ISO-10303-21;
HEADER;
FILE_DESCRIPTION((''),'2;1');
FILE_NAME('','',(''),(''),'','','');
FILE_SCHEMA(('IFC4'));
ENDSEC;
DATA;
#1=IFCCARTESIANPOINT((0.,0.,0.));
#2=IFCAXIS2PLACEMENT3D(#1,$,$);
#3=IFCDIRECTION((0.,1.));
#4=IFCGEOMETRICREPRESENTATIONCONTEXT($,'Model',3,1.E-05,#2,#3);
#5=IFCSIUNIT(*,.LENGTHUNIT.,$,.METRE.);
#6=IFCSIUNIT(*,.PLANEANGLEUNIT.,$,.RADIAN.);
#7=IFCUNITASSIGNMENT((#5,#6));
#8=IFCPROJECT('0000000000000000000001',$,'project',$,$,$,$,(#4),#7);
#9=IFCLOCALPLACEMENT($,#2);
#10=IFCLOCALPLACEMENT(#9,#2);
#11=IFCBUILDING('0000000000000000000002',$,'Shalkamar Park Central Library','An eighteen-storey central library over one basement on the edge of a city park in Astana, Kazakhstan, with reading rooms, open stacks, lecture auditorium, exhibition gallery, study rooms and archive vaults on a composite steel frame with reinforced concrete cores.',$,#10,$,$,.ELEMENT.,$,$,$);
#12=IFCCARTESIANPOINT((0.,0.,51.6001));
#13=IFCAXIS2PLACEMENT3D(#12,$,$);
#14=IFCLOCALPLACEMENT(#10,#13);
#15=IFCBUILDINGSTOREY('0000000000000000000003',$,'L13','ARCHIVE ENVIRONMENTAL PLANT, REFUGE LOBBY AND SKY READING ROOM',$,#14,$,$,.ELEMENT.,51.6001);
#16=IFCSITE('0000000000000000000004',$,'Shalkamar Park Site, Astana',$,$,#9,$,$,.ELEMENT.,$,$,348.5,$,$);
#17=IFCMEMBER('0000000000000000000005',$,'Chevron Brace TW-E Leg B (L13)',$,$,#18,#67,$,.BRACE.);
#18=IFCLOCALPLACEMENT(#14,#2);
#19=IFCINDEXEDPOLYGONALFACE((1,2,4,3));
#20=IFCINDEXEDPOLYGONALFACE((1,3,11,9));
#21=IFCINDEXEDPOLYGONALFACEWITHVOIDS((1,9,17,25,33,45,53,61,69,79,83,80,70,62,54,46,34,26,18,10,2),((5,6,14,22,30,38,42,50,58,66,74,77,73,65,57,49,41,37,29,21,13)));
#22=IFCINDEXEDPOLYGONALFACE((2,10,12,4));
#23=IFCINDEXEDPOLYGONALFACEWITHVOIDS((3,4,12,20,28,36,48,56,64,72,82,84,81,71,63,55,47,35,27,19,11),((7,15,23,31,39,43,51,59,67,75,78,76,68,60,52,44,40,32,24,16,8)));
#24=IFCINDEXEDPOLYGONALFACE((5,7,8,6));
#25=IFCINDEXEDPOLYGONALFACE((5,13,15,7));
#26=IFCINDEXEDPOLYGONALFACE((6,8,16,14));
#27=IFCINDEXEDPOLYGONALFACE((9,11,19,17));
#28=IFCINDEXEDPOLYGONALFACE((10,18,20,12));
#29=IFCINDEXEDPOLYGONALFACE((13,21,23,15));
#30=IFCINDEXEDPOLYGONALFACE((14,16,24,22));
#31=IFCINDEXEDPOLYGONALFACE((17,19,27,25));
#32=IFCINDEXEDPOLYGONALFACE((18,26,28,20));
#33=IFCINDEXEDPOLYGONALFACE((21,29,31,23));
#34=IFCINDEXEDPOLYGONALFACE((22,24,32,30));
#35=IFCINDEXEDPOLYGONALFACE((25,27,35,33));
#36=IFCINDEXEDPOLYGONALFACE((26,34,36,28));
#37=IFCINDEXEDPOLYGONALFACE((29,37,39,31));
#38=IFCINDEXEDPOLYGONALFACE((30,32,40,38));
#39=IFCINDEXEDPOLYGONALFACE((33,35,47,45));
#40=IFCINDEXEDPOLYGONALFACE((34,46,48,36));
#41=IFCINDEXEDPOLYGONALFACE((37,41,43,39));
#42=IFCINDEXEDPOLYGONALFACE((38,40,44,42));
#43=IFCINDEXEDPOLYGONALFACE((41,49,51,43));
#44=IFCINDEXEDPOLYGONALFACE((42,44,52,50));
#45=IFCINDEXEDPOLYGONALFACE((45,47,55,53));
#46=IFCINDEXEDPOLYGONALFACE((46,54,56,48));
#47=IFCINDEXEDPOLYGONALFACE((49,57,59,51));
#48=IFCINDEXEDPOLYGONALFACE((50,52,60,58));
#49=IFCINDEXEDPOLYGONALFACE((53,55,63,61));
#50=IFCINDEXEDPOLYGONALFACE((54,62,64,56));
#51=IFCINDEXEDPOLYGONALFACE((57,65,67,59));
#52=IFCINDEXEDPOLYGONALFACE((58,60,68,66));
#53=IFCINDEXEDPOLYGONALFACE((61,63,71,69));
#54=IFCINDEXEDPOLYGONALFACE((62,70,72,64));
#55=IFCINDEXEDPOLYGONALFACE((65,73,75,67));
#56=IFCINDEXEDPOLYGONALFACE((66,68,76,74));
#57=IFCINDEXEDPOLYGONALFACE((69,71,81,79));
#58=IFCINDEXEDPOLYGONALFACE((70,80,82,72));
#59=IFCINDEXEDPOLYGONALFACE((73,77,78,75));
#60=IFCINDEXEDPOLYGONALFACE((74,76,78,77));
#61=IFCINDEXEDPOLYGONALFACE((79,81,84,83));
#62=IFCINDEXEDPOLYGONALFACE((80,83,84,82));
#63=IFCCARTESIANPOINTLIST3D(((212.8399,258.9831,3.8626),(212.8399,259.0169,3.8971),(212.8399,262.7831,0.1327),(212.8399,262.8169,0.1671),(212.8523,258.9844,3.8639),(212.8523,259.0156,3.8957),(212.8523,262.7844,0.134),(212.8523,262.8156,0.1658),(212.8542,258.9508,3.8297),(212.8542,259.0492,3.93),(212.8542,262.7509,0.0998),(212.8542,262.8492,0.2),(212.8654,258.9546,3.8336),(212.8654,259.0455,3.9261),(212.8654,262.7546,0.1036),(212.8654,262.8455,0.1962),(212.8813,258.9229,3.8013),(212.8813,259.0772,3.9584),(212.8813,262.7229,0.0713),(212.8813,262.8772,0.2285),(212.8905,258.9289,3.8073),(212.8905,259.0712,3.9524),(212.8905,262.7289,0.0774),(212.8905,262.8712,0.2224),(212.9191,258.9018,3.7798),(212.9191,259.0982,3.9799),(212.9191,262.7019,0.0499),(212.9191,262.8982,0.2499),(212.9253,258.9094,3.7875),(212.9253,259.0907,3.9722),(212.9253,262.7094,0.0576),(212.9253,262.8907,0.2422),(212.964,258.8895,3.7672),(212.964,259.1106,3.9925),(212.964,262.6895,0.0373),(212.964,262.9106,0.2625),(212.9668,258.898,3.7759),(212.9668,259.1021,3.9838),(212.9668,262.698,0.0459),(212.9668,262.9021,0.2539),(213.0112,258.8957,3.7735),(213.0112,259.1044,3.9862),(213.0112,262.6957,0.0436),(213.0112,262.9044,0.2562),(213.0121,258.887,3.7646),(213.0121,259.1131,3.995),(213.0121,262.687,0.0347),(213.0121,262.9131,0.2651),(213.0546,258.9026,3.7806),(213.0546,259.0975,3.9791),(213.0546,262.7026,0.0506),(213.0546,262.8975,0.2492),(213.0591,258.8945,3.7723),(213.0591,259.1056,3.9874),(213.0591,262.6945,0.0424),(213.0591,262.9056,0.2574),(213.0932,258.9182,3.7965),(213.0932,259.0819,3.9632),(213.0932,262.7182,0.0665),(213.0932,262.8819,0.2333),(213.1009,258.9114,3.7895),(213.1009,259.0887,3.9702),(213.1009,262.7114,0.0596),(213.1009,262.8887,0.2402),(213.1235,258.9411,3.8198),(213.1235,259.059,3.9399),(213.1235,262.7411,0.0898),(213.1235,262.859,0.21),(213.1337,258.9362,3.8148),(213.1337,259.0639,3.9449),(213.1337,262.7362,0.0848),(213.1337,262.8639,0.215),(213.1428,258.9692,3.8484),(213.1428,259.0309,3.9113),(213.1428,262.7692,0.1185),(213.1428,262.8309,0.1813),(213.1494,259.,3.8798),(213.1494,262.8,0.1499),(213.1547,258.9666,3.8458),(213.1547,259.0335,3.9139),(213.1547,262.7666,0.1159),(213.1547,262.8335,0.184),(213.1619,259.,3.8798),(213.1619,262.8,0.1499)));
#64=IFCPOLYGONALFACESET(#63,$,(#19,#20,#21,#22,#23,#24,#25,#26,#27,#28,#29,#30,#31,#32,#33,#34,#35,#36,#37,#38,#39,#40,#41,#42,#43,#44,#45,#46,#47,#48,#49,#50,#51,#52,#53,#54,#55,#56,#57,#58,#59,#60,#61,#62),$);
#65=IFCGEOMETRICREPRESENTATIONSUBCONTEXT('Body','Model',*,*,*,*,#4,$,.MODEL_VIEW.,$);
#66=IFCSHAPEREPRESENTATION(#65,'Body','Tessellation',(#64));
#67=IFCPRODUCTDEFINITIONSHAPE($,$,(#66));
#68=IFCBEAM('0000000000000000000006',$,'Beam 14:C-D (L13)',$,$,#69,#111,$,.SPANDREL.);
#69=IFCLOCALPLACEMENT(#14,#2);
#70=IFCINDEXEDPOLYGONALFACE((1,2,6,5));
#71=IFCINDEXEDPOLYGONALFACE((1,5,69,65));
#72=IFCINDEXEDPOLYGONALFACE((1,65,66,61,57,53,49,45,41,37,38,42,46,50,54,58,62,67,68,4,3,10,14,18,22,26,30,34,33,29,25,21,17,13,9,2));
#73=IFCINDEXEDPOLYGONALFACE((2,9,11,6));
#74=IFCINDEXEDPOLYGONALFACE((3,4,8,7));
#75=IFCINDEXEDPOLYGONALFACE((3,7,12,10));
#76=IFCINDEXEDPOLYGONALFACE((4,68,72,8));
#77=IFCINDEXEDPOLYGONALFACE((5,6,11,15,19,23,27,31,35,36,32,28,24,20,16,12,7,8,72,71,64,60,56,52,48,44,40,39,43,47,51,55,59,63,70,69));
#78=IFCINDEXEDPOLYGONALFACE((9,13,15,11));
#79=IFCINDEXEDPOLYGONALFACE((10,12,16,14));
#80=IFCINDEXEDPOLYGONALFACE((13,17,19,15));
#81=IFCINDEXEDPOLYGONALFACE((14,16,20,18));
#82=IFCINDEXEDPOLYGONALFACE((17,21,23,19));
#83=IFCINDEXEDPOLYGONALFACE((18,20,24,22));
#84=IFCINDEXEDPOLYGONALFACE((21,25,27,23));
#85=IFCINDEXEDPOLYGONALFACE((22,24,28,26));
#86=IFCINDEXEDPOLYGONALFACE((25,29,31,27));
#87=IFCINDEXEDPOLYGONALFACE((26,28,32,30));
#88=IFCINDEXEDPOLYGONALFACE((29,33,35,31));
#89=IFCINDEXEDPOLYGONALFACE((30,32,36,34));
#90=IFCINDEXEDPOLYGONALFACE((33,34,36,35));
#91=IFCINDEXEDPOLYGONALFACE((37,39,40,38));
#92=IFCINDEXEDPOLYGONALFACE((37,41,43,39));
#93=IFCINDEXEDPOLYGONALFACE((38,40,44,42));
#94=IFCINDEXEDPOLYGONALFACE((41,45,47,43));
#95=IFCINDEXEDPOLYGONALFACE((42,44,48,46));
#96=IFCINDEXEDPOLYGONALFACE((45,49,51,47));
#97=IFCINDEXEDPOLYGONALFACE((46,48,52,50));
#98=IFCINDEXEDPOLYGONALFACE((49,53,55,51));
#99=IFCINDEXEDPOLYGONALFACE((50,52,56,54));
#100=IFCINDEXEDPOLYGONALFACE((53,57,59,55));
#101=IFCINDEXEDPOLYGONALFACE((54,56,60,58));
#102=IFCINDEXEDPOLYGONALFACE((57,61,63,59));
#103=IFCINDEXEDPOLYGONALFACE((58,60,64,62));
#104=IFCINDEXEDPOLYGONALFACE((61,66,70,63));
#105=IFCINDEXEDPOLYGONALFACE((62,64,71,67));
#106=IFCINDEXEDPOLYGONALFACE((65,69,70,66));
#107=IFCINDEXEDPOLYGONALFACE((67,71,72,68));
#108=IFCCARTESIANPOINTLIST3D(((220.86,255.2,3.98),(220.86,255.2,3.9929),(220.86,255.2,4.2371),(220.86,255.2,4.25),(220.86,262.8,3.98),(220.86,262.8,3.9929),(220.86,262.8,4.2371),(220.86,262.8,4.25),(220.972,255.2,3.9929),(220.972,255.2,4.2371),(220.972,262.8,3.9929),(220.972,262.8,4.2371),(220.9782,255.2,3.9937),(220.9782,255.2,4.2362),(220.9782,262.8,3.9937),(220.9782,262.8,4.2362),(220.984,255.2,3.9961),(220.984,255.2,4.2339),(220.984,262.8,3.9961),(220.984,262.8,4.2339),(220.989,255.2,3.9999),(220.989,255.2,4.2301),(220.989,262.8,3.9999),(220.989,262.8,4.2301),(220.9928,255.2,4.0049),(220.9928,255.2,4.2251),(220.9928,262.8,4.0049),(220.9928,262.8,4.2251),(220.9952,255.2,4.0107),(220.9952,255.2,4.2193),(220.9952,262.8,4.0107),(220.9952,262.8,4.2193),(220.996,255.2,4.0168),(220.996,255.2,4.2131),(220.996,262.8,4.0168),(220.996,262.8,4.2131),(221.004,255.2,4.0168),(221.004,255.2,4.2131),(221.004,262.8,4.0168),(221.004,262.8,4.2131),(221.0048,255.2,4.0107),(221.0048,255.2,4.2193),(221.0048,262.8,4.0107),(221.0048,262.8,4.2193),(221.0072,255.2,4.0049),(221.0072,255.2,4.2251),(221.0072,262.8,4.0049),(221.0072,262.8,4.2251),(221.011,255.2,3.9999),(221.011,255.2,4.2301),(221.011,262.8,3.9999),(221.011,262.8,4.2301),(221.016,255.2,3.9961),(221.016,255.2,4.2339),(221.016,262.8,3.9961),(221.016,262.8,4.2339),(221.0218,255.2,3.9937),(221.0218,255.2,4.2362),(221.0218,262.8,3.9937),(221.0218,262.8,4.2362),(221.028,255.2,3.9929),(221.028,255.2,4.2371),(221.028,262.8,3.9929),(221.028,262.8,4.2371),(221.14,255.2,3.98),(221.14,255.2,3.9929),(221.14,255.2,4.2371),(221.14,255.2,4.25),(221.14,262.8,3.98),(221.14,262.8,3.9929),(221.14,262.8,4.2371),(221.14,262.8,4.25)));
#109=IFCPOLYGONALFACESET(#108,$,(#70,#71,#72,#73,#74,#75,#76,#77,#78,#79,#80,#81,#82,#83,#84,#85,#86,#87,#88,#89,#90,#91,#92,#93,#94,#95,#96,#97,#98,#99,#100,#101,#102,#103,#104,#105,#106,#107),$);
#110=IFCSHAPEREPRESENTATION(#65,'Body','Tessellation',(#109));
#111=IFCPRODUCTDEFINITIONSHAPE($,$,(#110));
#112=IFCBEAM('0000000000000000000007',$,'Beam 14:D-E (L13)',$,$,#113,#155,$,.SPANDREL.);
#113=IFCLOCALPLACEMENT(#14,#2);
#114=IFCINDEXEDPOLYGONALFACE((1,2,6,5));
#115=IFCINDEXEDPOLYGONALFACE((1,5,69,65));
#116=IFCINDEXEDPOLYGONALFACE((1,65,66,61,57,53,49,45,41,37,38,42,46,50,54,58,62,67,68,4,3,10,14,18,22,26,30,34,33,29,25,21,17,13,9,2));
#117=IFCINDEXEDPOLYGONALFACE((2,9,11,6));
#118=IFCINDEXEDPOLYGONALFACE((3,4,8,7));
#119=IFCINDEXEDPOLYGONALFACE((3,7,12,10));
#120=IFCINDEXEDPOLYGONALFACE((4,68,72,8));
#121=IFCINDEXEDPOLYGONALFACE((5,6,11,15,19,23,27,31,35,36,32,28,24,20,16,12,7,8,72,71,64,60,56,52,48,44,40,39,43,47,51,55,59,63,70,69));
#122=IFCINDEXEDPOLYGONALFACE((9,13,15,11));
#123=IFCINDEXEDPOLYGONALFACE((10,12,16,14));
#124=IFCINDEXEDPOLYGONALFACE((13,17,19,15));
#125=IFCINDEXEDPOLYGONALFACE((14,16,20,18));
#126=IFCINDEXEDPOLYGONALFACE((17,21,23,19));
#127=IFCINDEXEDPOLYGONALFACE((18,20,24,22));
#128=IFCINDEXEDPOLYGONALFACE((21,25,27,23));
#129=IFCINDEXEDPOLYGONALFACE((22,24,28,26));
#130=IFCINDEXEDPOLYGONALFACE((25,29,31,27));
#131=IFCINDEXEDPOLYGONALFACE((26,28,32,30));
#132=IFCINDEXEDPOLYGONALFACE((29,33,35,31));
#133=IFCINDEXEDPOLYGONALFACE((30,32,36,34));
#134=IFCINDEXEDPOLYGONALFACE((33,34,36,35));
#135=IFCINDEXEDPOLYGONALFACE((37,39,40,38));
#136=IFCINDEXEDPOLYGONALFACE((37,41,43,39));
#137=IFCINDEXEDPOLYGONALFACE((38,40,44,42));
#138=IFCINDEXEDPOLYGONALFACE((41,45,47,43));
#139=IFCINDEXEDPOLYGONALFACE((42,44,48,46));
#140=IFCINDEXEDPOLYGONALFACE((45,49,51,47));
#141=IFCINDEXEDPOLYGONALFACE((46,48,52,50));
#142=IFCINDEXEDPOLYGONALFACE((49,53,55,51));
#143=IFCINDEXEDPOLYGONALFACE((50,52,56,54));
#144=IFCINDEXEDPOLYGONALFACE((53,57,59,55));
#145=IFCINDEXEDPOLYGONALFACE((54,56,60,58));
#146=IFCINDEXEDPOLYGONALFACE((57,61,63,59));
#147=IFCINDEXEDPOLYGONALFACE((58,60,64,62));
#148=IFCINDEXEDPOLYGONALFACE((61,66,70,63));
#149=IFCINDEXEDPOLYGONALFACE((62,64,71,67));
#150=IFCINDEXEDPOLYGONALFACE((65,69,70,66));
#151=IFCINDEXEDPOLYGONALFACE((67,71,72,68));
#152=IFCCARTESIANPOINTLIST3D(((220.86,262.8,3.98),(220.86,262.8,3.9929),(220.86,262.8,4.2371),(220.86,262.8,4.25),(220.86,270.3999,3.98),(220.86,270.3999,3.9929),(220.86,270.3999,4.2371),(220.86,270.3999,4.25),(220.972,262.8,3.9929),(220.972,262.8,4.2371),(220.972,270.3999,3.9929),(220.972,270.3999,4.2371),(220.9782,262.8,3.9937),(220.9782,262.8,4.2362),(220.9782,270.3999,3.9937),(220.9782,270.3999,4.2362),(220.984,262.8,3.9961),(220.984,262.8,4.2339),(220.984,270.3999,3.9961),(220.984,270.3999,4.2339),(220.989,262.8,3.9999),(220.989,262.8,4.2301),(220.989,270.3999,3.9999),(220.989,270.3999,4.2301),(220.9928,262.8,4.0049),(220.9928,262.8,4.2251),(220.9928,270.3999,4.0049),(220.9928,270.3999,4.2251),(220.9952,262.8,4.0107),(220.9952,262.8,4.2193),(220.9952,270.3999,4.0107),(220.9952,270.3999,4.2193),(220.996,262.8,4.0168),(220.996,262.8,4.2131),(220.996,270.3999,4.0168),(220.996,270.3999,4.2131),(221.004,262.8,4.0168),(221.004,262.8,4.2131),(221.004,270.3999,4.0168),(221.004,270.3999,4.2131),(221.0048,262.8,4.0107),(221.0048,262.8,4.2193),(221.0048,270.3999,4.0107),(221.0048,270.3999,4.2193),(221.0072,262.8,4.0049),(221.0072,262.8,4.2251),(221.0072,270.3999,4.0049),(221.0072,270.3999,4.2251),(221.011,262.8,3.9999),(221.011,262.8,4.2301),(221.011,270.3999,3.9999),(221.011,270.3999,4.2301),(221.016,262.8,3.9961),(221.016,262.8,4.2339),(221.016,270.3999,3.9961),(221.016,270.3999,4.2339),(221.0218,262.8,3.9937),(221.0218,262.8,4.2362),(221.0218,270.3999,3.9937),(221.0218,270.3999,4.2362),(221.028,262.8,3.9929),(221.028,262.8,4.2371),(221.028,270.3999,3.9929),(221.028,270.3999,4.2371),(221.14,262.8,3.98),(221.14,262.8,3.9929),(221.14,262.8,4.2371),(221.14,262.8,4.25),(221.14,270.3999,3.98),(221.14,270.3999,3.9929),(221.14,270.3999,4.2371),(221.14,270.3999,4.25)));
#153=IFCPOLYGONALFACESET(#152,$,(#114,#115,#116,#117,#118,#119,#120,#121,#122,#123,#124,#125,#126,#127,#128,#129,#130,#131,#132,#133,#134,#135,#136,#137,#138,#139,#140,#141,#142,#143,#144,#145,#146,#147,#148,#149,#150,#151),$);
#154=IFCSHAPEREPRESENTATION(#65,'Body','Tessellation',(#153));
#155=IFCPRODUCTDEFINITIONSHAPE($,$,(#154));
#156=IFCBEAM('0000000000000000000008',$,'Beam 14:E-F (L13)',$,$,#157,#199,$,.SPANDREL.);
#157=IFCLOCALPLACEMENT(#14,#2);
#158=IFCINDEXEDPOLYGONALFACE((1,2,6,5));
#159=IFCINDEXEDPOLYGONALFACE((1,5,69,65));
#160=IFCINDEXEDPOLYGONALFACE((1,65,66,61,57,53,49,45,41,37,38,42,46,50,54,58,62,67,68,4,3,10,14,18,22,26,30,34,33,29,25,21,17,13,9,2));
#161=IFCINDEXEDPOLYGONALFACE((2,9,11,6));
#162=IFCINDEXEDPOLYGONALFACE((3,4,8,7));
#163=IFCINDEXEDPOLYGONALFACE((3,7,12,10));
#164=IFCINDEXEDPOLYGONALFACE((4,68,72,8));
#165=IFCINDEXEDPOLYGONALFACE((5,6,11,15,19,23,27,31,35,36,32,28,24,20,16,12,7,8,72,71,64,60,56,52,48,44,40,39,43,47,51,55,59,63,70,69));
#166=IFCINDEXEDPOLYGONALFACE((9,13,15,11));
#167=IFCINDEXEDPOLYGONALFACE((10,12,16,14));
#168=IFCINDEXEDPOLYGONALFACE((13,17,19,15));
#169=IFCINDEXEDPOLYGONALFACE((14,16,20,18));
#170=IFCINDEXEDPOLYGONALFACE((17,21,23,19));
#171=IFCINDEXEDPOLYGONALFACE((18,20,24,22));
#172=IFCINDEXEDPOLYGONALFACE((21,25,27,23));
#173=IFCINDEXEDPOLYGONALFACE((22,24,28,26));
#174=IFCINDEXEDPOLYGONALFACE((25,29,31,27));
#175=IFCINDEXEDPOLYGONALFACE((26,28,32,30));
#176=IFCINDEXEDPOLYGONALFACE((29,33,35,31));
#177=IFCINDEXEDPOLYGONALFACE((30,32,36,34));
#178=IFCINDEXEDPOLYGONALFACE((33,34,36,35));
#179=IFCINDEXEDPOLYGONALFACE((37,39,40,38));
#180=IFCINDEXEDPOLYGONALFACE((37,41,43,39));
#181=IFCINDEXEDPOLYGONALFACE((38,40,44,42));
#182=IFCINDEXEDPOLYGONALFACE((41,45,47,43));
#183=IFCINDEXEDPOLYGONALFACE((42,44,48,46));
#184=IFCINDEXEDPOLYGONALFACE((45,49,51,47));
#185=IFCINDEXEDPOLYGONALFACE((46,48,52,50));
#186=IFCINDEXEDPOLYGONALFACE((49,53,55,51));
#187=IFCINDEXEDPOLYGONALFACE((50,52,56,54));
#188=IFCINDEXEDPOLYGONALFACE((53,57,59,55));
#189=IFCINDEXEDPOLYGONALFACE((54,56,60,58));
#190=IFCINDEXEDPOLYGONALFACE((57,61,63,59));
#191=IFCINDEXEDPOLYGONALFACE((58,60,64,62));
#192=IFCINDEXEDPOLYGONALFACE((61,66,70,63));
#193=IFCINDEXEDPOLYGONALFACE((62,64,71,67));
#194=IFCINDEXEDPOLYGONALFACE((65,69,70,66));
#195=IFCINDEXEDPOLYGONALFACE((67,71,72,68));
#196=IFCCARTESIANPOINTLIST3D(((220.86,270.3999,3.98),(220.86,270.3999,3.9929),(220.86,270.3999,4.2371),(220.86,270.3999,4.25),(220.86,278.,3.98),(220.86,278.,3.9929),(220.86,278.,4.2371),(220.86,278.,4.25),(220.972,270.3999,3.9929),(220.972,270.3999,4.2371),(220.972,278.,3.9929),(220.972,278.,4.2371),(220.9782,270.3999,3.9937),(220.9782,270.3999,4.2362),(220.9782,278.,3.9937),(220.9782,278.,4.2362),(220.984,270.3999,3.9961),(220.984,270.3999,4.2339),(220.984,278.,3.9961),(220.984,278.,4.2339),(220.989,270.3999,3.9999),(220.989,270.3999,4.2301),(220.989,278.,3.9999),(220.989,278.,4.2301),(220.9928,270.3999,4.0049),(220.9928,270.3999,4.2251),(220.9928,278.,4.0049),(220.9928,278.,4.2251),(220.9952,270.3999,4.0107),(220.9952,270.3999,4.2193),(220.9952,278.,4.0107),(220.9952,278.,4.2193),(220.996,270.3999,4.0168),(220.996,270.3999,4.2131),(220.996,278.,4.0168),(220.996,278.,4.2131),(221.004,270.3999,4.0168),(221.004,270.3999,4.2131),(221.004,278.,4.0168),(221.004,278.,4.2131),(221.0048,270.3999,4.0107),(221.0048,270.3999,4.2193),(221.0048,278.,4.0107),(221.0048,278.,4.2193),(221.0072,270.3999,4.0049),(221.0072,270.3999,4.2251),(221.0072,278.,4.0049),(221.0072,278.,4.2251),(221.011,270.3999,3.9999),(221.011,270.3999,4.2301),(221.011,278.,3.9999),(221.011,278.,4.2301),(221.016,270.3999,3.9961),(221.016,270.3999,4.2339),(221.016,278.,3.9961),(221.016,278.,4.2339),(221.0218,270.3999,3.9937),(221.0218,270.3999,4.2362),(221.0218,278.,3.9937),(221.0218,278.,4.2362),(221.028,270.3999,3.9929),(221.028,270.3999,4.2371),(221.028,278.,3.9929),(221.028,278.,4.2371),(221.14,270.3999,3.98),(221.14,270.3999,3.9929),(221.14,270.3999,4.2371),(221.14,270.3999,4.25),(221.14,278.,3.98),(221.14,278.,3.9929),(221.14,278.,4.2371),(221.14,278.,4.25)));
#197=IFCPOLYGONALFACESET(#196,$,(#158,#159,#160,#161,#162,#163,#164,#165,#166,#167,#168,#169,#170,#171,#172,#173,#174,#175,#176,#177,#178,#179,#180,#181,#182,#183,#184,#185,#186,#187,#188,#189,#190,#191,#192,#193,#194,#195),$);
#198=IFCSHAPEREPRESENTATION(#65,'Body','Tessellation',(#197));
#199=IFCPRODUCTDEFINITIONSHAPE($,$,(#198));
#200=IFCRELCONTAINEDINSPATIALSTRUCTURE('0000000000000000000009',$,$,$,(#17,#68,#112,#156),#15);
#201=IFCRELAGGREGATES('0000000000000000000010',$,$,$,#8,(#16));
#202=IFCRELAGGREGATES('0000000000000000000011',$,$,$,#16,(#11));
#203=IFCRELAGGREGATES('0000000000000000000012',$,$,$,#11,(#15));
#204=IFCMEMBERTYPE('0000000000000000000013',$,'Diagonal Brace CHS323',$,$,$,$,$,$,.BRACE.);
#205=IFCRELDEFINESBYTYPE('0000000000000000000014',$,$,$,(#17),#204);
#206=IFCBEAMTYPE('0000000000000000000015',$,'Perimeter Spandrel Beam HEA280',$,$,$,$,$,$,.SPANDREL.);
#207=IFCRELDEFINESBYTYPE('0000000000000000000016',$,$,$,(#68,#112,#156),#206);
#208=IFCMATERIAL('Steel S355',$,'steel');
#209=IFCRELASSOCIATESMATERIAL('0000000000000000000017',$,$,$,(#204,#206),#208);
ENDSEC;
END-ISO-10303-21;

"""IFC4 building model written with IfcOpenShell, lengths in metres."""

from ifc_helpers import new_model, si_unit, direction, frame, origin, origin_2d, place, context, subcontext, project, spatial, hollow_circle, i_section, extrude, material, material_profile, profile_set, type_object, element, save


model = new_model("IFC4")

# Units and contexts
model_context = context("Model", 3, precision=1e-05, world=origin(), true_north=direction((0.0, 1.0)))
body_context = subcontext(model_context, "Body", "Model", "MODEL_VIEW")
ifc_project = project(units=[si_unit("LENGTHUNIT", "METRE"), si_unit("PLANEANGLEUNIT", "RADIAN")], contexts=[model_context])

# Site, building, storey
site_placement = place(None, origin())
site = spatial("IfcSite", under=ifc_project, at=site_placement, Name="Shalkamar Park Site, Astana", CompositionType="ELEMENT", RefElevation=348.5)
building_placement = place(site_placement, origin())
building = spatial("IfcBuilding", under=site, at=building_placement, Name="Shalkamar Park Central Library", Description="An eighteen-storey central library over one basement on the edge of a city park in Astana, Kazakhstan, with reading rooms, open stacks, lecture auditorium, exhibition gallery, study rooms and archive vaults on a composite steel frame with reinforced concrete cores.", CompositionType="ELEMENT")
storey_placement = place(building_placement, frame((0.0, 0.0, 51.6001)))
storey = spatial("IfcBuildingStorey", under=building, at=storey_placement, Name="L13", Description="ARCHIVE ENVIRONMENTAL PLANT, REFUGE LOBBY AND SKY READING ROOM", CompositionType="ELEMENT", Elevation=51.6001)

# Shared definitions
ifc_material_1 = material(Name="Steel S355", Category="steel")

# Member
ifc_material_profile_1 = material_profile(ifc_material_1, hollow_circle(Radius=0.1619, WallThickness=0.0125, at=origin_2d()), Name="CHS 323.9x12.5")
ifc_profile_set_1 = profile_set([ifc_material_profile_1], Name="Steel S355")
member_type = type_object("IfcMemberType", Name="Diagonal Brace CHS323", PredefinedType="BRACE", material=ifc_profile_set_1)
for number, where, z_axis, x_axis, name in (
    (1, (213.0, 262.8, 0.1499), (0.0, -0.713656, 0.700497), (1.0, 0.0, 0.0), "Chevron Brace TW-E Leg B (L13)"),
):
    element("IfcMember", number, at=place(storey_placement, frame(where, z_axis=z_axis, x_axis=x_axis)), inside=storey, type_object=member_type, Name=name, PredefinedType="BRACE", context=body_context, shape_type="SweptSolid", body=[
        extrude(hollow_circle(Radius=0.1619, WallThickness=0.0125, at=origin_2d()), origin(), (0.0, 0.0, 1.0), 5.3247),
    ])

# Beams
ifc_material_profile_2 = material_profile(ifc_material_1, i_section(OverallWidth=0.28, OverallDepth=0.27, WebThickness=0.0081, FlangeThickness=0.0129, FilletRadius=0.0239, at=origin_2d()), Name="HEA 280")
ifc_profile_set_2 = profile_set([ifc_material_profile_2], Name="Steel S355")
beam_type_1 = type_object("IfcBeamType", Name="Perimeter Spandrel Beam HEA280", PredefinedType="SPANDREL", material=ifc_profile_set_2)
beam_1_placement = place(storey_placement, frame((221.0, 255.2, 4.115), z_axis=(0.0, 1.0, 0.0), x_axis=(-1.0, 0.0, 0.0)))
element("IfcBeam", 2, at=beam_1_placement, inside=storey, type_object=beam_type_1, Name="Beam 14:C-D (L13)", PredefinedType="SPANDREL", context=body_context, shape_type="SweptSolid", body=[
    extrude(i_section(OverallWidth=0.28, OverallDepth=0.27, WebThickness=0.0081, FlangeThickness=0.0129, FilletRadius=0.0239, at=origin_2d()), origin(), (0.0, 0.0, 1.0), 7.6001),
])
beam_2_placement = place(storey_placement, frame((221.0, 262.8, 4.115), z_axis=(0.0, 1.0, 0.0), x_axis=(-1.0, 0.0, 0.0)))
element("IfcBeam", 3, at=beam_2_placement, inside=storey, type_object=beam_type_1, Name="Beam 14:D-E (L13)", PredefinedType="SPANDREL", context=body_context, shape_type="SweptSolid", body=[
    extrude(i_section(OverallWidth=0.28, OverallDepth=0.27, WebThickness=0.0081, FlangeThickness=0.0129, FilletRadius=0.0239, at=origin_2d()), origin(), (0.0, 0.0, 1.0), 7.5999),
])
beam_3_placement = place(storey_placement, frame((221.0, 270.3999, 4.115), z_axis=(0.0, 1.0, 0.0), x_axis=(-1.0, 0.0, 0.0)))
element("IfcBeam", 4, at=beam_3_placement, inside=storey, type_object=beam_type_1, Name="Beam 14:E-F (L13)", PredefinedType="SPANDREL", context=body_context, shape_type="SweptSolid", body=[
    extrude(i_section(OverallWidth=0.28, OverallDepth=0.27, WebThickness=0.0081, FlangeThickness=0.0129, FilletRadius=0.0239, at=origin_2d()), origin(), (0.0, 0.0, 1.0), 7.6001),
])

save(model, "model.ifc")
